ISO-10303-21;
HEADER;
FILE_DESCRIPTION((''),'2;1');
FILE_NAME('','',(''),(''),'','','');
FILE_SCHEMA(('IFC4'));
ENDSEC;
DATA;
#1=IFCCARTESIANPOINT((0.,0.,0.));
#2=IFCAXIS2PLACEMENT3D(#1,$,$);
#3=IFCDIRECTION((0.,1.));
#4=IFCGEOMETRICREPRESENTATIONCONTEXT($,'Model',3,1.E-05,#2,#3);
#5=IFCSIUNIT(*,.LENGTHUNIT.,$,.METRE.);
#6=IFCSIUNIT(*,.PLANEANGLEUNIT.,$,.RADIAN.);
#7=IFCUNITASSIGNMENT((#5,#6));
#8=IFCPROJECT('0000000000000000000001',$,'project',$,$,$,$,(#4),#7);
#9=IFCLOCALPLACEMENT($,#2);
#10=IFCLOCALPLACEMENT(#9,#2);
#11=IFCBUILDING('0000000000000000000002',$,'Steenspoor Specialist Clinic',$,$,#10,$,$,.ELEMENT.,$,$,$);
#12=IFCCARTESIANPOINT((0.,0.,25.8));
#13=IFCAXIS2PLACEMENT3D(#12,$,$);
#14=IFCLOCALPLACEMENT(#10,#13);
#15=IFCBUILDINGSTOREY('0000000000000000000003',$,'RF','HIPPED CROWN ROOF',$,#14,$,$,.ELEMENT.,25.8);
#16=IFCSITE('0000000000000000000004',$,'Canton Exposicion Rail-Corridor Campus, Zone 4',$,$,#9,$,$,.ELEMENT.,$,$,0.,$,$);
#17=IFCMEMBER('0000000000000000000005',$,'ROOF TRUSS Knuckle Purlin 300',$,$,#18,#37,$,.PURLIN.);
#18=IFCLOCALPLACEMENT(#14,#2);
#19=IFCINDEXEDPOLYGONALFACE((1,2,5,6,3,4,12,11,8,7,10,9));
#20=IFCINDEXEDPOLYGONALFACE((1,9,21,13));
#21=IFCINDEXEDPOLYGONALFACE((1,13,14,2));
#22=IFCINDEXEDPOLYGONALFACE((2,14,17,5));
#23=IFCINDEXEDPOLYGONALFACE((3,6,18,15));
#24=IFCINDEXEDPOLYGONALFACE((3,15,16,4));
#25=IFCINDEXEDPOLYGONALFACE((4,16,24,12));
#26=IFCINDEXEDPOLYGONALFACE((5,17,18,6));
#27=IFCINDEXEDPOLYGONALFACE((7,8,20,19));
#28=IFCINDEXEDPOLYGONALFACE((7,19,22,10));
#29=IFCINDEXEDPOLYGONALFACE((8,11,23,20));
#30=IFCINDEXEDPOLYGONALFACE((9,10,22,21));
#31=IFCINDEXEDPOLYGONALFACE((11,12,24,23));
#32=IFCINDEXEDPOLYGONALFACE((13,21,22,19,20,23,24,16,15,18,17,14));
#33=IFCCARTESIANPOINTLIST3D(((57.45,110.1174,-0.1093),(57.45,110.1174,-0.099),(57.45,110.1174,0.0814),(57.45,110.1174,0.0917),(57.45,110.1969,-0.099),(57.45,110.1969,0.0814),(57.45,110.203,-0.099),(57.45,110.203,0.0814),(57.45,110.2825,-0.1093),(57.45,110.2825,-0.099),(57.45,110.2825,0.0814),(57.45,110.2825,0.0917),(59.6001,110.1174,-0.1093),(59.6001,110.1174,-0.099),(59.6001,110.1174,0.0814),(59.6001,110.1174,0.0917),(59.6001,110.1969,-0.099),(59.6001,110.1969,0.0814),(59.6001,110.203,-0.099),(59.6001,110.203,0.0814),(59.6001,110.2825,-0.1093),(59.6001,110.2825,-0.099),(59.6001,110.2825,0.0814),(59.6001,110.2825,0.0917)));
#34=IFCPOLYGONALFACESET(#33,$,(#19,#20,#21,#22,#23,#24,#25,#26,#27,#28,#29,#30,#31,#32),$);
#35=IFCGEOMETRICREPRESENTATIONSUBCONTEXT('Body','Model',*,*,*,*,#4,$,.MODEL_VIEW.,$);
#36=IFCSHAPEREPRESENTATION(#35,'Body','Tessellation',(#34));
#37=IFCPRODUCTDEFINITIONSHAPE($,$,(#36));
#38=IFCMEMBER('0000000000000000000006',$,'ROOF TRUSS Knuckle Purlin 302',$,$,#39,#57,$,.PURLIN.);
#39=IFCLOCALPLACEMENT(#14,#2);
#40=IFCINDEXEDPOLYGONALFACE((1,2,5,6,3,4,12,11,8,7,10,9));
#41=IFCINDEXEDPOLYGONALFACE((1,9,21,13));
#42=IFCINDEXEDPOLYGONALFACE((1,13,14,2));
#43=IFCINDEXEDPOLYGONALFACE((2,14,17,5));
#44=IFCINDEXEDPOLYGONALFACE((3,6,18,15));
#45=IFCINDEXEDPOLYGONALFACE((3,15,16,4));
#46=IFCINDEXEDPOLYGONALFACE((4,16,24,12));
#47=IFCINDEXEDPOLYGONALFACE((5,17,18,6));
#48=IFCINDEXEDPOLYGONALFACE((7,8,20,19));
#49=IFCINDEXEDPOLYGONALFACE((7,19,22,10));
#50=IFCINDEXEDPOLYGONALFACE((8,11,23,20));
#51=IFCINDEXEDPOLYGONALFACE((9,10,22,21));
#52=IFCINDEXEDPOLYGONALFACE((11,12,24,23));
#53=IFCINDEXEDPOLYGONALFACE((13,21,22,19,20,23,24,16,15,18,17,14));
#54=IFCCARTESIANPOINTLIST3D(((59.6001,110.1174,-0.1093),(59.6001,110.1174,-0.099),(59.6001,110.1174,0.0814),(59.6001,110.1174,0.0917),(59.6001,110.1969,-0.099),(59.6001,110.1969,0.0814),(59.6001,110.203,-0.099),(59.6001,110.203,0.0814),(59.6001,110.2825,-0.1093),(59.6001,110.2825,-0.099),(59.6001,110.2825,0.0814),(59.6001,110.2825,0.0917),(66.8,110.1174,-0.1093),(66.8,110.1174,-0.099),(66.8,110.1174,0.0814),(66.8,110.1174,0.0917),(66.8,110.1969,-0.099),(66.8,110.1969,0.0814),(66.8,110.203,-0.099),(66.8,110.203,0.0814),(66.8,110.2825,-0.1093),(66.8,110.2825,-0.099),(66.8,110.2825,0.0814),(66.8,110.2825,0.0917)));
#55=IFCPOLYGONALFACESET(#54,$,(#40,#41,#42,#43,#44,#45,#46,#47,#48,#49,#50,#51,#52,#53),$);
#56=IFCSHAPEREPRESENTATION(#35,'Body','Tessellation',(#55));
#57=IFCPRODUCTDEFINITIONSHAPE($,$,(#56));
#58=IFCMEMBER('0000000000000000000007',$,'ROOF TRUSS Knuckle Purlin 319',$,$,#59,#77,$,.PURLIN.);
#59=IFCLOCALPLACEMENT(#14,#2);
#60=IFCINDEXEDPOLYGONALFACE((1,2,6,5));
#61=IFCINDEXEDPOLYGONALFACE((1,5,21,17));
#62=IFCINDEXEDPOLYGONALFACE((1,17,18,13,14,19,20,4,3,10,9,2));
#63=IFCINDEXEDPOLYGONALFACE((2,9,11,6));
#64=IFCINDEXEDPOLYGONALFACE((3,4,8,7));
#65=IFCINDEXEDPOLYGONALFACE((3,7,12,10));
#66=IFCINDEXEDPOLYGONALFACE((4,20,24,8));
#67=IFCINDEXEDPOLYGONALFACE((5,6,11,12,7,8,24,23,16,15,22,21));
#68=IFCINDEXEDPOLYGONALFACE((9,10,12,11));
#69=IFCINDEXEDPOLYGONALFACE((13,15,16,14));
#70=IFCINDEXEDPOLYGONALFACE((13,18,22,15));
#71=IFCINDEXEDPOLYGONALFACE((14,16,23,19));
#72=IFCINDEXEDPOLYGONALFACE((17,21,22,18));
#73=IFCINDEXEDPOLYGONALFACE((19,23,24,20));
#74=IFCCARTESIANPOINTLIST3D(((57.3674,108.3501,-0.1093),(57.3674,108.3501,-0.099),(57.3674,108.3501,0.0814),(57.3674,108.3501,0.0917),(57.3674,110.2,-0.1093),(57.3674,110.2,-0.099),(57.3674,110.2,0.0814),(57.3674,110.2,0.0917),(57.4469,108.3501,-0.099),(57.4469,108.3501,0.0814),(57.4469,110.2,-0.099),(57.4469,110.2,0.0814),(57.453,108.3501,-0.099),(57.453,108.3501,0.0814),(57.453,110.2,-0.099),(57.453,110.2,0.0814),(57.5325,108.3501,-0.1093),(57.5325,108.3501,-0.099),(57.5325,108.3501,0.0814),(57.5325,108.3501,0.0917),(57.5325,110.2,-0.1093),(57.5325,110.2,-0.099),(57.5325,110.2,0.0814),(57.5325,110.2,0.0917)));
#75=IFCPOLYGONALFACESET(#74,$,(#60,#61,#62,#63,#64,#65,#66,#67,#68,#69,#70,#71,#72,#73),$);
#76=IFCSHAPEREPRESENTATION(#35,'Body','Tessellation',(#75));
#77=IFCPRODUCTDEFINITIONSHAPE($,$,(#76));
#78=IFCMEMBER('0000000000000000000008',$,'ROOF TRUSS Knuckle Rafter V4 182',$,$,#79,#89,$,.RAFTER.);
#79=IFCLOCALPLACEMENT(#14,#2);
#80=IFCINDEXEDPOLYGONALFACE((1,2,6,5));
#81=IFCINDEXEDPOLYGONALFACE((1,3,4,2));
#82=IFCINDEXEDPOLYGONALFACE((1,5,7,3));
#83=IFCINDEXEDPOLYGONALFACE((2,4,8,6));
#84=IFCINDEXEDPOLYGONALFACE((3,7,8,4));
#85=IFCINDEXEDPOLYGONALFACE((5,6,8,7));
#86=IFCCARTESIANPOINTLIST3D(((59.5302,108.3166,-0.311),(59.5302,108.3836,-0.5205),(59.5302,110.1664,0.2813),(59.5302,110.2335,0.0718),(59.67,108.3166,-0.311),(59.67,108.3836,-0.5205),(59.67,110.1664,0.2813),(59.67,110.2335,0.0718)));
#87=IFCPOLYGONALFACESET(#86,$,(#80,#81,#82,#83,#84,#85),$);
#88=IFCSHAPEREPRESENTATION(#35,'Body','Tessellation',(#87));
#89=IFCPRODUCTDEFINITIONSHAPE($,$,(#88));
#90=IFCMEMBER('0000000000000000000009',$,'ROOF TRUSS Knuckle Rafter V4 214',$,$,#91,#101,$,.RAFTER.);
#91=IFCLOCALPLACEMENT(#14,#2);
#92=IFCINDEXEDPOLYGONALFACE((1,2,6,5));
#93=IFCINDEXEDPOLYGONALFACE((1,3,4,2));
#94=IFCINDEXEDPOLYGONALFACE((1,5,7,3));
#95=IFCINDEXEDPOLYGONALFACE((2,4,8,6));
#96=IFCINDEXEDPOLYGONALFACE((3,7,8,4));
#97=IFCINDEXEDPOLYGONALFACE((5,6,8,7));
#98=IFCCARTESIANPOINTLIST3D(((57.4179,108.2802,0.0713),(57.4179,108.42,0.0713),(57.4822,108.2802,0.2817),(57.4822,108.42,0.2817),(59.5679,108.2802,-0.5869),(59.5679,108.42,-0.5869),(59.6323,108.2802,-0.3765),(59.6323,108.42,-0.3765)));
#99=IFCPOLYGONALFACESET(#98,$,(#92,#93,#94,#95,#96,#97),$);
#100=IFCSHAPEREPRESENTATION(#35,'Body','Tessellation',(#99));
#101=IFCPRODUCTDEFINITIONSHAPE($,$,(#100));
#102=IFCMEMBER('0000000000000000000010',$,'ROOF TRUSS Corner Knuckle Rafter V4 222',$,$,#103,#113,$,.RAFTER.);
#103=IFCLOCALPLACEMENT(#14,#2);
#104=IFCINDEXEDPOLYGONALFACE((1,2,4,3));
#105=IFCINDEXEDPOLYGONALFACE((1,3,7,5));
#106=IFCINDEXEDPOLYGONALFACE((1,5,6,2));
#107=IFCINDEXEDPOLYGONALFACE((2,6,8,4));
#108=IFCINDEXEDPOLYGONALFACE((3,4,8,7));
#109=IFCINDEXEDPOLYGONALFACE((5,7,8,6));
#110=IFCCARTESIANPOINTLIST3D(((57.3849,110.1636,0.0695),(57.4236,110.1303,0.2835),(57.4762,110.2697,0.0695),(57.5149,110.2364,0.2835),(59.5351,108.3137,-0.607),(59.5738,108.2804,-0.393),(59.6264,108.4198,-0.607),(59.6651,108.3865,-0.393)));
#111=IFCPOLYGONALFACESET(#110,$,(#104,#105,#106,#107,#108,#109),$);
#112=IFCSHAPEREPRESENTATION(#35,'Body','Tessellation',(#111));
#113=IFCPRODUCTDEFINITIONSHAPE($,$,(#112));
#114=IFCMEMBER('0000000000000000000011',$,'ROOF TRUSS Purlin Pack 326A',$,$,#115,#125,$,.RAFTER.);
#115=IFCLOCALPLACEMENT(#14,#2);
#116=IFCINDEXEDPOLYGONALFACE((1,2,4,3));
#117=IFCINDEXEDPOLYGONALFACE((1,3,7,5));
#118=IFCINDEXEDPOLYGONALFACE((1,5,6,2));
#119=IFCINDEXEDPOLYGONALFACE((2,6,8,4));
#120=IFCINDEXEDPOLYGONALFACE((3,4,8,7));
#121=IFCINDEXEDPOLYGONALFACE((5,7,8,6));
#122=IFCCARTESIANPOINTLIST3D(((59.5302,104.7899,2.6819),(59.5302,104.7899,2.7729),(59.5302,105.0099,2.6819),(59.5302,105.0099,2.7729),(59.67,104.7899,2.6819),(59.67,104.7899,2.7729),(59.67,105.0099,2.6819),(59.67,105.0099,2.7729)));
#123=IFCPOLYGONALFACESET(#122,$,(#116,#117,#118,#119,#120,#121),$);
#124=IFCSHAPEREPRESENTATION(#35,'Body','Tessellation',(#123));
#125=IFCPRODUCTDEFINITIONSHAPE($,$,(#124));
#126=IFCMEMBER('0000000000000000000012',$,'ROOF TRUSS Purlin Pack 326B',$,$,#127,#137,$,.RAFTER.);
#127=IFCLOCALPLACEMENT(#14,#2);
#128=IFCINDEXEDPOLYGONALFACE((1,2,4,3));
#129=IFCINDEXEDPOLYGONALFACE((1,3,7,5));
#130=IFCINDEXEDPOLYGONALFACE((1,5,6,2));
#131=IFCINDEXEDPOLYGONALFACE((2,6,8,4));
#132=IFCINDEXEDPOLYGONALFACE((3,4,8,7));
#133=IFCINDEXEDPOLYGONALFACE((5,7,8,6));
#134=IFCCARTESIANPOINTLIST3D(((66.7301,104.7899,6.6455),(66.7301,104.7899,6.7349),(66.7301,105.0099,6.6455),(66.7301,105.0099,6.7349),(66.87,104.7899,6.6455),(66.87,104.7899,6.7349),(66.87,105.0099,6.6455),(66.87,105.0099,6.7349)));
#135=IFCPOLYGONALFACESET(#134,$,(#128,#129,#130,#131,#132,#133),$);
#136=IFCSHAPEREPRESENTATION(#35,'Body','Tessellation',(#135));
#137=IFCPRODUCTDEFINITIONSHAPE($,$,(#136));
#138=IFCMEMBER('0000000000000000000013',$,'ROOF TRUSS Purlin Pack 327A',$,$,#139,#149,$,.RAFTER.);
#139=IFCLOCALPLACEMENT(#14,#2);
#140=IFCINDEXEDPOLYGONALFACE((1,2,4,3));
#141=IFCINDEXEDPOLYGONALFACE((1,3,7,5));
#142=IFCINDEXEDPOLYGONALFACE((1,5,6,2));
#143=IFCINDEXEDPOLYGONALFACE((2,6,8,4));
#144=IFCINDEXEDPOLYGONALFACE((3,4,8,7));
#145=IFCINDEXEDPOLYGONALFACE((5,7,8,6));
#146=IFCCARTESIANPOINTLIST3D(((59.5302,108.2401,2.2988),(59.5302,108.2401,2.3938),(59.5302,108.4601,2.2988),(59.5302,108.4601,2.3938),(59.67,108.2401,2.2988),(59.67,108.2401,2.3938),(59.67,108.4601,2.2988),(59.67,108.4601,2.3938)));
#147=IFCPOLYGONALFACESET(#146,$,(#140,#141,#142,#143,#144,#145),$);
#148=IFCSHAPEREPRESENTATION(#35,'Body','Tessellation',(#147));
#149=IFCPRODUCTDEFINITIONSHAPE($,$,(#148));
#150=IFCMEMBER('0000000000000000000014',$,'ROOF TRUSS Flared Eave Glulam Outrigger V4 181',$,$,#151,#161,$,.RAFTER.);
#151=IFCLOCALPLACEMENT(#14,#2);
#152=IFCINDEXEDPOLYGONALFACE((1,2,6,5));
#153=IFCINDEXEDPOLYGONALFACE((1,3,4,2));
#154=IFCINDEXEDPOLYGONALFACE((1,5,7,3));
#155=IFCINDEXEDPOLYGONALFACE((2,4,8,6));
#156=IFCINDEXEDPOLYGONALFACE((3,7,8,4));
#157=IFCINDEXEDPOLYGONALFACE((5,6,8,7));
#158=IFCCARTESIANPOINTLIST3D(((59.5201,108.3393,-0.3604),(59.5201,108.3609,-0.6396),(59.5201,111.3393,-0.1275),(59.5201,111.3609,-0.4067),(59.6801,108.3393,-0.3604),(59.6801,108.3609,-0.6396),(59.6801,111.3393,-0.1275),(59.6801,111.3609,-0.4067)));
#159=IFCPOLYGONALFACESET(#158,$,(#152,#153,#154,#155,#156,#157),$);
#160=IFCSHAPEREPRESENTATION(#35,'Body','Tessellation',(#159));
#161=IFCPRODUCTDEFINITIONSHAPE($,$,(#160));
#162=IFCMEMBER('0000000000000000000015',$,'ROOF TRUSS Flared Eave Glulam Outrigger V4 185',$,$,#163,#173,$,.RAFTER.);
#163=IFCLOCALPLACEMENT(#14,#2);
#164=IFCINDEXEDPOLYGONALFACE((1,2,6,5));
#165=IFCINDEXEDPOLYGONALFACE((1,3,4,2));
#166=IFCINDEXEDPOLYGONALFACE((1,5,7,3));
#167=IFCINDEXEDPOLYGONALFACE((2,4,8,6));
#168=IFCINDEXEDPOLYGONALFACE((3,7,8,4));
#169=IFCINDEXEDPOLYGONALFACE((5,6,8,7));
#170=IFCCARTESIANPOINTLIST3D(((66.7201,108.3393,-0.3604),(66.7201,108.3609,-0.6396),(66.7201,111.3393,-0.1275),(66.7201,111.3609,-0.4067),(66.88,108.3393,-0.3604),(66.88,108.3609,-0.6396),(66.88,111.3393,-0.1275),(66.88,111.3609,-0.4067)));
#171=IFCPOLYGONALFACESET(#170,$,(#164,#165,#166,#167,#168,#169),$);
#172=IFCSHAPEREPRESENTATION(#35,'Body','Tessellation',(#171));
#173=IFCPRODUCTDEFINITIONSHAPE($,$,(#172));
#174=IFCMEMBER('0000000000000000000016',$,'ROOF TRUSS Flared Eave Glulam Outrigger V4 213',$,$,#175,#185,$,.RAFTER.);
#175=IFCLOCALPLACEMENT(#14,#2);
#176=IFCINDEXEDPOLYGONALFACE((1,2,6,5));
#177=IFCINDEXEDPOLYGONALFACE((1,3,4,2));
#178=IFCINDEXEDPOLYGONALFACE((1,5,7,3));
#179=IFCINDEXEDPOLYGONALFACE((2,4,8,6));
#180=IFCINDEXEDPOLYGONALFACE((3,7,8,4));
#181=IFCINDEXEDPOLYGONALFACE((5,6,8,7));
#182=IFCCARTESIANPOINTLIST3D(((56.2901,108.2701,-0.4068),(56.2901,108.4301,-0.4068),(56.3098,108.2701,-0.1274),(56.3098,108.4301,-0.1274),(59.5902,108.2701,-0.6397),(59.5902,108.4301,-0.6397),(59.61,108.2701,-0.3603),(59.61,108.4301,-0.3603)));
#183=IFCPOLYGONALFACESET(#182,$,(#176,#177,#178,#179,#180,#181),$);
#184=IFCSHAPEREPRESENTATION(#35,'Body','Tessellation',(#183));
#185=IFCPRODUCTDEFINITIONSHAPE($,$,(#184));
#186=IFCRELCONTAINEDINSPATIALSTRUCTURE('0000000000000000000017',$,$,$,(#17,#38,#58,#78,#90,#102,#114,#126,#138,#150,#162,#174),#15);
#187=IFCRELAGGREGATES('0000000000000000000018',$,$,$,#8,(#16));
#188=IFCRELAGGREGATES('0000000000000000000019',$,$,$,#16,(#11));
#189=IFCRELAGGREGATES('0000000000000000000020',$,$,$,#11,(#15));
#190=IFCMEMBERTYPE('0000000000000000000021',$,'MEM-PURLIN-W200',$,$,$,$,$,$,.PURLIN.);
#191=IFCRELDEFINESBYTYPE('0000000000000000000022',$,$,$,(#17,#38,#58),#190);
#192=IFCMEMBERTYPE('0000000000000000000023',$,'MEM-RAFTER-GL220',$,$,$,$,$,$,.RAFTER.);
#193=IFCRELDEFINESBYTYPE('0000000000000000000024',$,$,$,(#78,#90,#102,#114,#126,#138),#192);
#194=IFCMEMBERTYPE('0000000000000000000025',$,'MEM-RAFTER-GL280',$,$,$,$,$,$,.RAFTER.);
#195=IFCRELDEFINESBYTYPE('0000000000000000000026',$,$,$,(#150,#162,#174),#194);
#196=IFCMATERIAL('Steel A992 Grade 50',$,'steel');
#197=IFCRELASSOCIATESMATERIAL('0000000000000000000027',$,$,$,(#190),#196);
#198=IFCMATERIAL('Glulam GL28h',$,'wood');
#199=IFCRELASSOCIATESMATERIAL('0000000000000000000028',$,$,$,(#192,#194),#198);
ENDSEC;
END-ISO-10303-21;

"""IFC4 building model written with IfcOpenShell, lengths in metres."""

from ifc_helpers import new_model, si_unit, direction, frame, origin, origin_2d, place, context, subcontext, project, spatial, rectangle, i_section, extrude, material, material_profile, profile_set, type_object, element, save


model = new_model("IFC4")

# Units and contexts
model_context = context("Model", 3, precision=1e-05, world=origin(), true_north=direction((0.0, 1.0)))
body_context = subcontext(model_context, "Body", "Model", "MODEL_VIEW")
ifc_project = project(units=[si_unit("LENGTHUNIT", "METRE"), si_unit("PLANEANGLEUNIT", "RADIAN")], contexts=[model_context])

# Site, building, storey
site_placement = place(None, origin())
site = spatial("IfcSite", under=ifc_project, at=site_placement, Name="Canton Exposicion Rail-Corridor Campus, Zone 4", CompositionType="ELEMENT", RefElevation=0.0)
building_placement = place(site_placement, origin())
building = spatial("IfcBuilding", under=site, at=building_placement, Name="Steenspoor Specialist Clinic", CompositionType="ELEMENT")
storey_placement = place(building_placement, frame((0.0, 0.0, 25.8)))
storey = spatial("IfcBuildingStorey", under=building, at=storey_placement, Name="RF", Description="HIPPED CROWN ROOF", CompositionType="ELEMENT", Elevation=25.8)

# Members
ifc_material_1 = material(Name="Steel A992 Grade 50", Category="steel")
ifc_material_profile_1 = material_profile(ifc_material_1, i_section(OverallWidth=0.165, OverallDepth=0.2009, WebThickness=0.0061, FlangeThickness=0.0103, at=origin_2d()), Name="W200X36")
ifc_profile_set_1 = profile_set([ifc_material_profile_1], Name="Steel A992 Grade 50")
member_type_1 = type_object("IfcMemberType", Name="MEM-PURLIN-W200", PredefinedType="PURLIN", material=ifc_profile_set_1)
member_1_placement = place(storey_placement, frame((57.45, 110.2, -0.0088), z_axis=(1.0, 0.0, 0.0), x_axis=(0.0, 1.0, 0.0)))
element("IfcMember", 1, at=member_1_placement, inside=storey, type_object=member_type_1, Name="ROOF TRUSS Knuckle Purlin 300", PredefinedType="PURLIN", context=body_context, shape_type="SweptSolid", body=[
    extrude(i_section(OverallWidth=0.165, OverallDepth=0.2009, WebThickness=0.0061, FlangeThickness=0.0103, at=origin_2d()), origin(), (0.0, 0.0, 1.0), 2.1501),
])
member_2_placement = place(storey_placement, frame((59.6001, 110.2, -0.0088), z_axis=(1.0, 0.0, 0.0), x_axis=(0.0, 1.0, 0.0)))
element("IfcMember", 2, at=member_2_placement, inside=storey, type_object=member_type_1, Name="ROOF TRUSS Knuckle Purlin 302", PredefinedType="PURLIN", context=body_context, shape_type="SweptSolid", body=[
    extrude(i_section(OverallWidth=0.165, OverallDepth=0.2009, WebThickness=0.0061, FlangeThickness=0.0103, at=origin_2d()), origin(), (0.0, 0.0, 1.0), 7.2),
])
member_3_placement = place(storey_placement, frame((57.45, 108.3501, -0.0088), z_axis=(0.0, 1.0, 0.0), x_axis=(-1.0, 0.0, 0.0)))
element("IfcMember", 3, at=member_3_placement, inside=storey, type_object=member_type_1, Name="ROOF TRUSS Knuckle Purlin 319", PredefinedType="PURLIN", context=body_context, shape_type="SweptSolid", body=[
    extrude(i_section(OverallWidth=0.165, OverallDepth=0.2009, WebThickness=0.0061, FlangeThickness=0.0103, at=origin_2d()), origin(), (0.0, 0.0, 1.0), 1.8499),
])
ifc_material_2 = material(Name="Glulam GL28h", Category="wood")
ifc_material_profile_2 = material_profile(ifc_material_2, rectangle(XDim=0.1399, YDim=0.22, at=origin_2d()), Name="GL28H-140X220")
ifc_profile_set_2 = profile_set([ifc_material_profile_2], Name="Glulam GL28h")
member_type_2 = type_object("IfcMemberType", Name="MEM-RAFTER-GL220", PredefinedType="RAFTER", material=ifc_profile_set_2)
member_4_placement = place(storey_placement, frame((59.6001, 108.3501, -0.4158), z_axis=(0.0, 0.952375, 0.304931), x_axis=(-1.0, 0.0, 0.0)))
element("IfcMember", 4, at=member_4_placement, inside=storey, type_object=member_type_2, Name="ROOF TRUSS Knuckle Rafter V4 182", PredefinedType="RAFTER", context=body_context, shape_type="SweptSolid", body=[
    extrude(rectangle(XDim=0.1399, YDim=0.22, at=origin_2d()), origin(), (0.0, 0.0, 1.0), 1.9424),
])
member_5_placement = place(storey_placement, frame((59.6001, 108.3501, -0.4817), z_axis=(-0.956201, 0.0, 0.292712), x_axis=(0.0, -1.0, 0.0)))
element("IfcMember", 5, at=member_5_placement, inside=storey, type_object=member_type_2, Name="ROOF TRUSS Knuckle Rafter V4 214", PredefinedType="RAFTER", context=body_context, shape_type="SweptSolid", body=[
    extrude(rectangle(XDim=0.1399, YDim=0.22, at=origin_2d()), origin(), (0.0, 0.0, 1.0), 2.2485),
])
member_6_placement = place(storey_placement, frame((59.6001, 108.3501, -0.5), z_axis=(-0.737375, 0.634392, 0.232005), x_axis=(-0.652187, -0.758058, 0.0)))
element("IfcMember", 6, at=member_6_placement, inside=storey, type_object=member_type_2, Name="ROOF TRUSS Corner Knuckle Rafter V4 222", PredefinedType="RAFTER", context=body_context, shape_type="SweptSolid", body=[
    extrude(rectangle(XDim=0.1399, YDim=0.22, at=origin_2d()), origin(), (0.0, 0.0, 1.0), 2.916),
])
member_7_placement = place(storey_placement, frame((59.6001, 104.8999, 2.6819), z_axis=(0.0, 0.0, 1.0), x_axis=(1.0, 0.0, 0.0)))
element("IfcMember", 7, at=member_7_placement, inside=storey, type_object=member_type_2, Name="ROOF TRUSS Purlin Pack 326A", PredefinedType="RAFTER", context=body_context, shape_type="SweptSolid", body=[
    extrude(rectangle(XDim=0.1399, YDim=0.22, at=origin_2d()), origin(), (0.0, 0.0, 1.0), 0.0911),
])
member_8_placement = place(storey_placement, frame((66.8, 104.8999, 6.6455), z_axis=(0.0, 0.0, 1.0), x_axis=(1.0, 0.0, 0.0)))
element("IfcMember", 8, at=member_8_placement, inside=storey, type_object=member_type_2, Name="ROOF TRUSS Purlin Pack 326B", PredefinedType="RAFTER", context=body_context, shape_type="SweptSolid", body=[
    extrude(rectangle(XDim=0.1399, YDim=0.22, at=origin_2d()), origin(), (0.0, 0.0, 1.0), 0.0894),
])
member_9_placement = place(storey_placement, frame((59.6001, 108.3501, 2.2988), z_axis=(0.0, 0.0, 1.0), x_axis=(1.0, 0.0, 0.0)))
element("IfcMember", 9, at=member_9_placement, inside=storey, type_object=member_type_2, Name="ROOF TRUSS Purlin Pack 327A", PredefinedType="RAFTER", context=body_context, shape_type="SweptSolid", body=[
    extrude(rectangle(XDim=0.1399, YDim=0.22, at=origin_2d()), origin(), (0.0, 0.0, 1.0), 0.095),
])
ifc_material_profile_3 = material_profile(ifc_material_2, rectangle(XDim=0.1599, YDim=0.28, at=origin_2d()), Name="GL28H-160X280")
ifc_profile_set_3 = profile_set([ifc_material_profile_3], Name="Glulam GL28h")
member_type_3 = type_object("IfcMemberType", Name="MEM-RAFTER-GL280", PredefinedType="RAFTER", material=ifc_profile_set_3)
for number, where, z_axis, x_axis, name in (
    (10, (59.6001, 108.3501, -0.5), (0.0, 0.997, 0.077404), (-1.0, 0.0, 0.0), "ROOF TRUSS Flared Eave Glulam Outrigger V4 181"),
    (11, (66.8, 108.3501, -0.5), (0.0, 0.997, 0.077404), (-1.0, 0.0, 0.0), "ROOF TRUSS Flared Eave Glulam Outrigger V4 185"),
):
    element("IfcMember", number, at=place(storey_placement, frame(where, z_axis=z_axis, x_axis=x_axis)), inside=storey, type_object=member_type_3, Name=name, PredefinedType="RAFTER", context=body_context, shape_type="SweptSolid", body=[
        extrude(rectangle(XDim=0.1599, YDim=0.28, at=origin_2d()), origin(), (0.0, 0.0, 1.0), 3.009),
    ])
member_10_placement = place(storey_placement, frame((59.6001, 108.3501, -0.5), z_axis=(-0.997519, 0.0, 0.070403), x_axis=(0.0, -1.0, 0.0)))
element("IfcMember", 12, at=member_10_placement, inside=storey, type_object=member_type_3, Name="ROOF TRUSS Flared Eave Glulam Outrigger V4 213", PredefinedType="RAFTER", context=body_context, shape_type="SweptSolid", body=[
    extrude(rectangle(XDim=0.1599, YDim=0.28, at=origin_2d()), origin(), (0.0, 0.0, 1.0), 3.3083),
])

save(model, "model.ifc")
